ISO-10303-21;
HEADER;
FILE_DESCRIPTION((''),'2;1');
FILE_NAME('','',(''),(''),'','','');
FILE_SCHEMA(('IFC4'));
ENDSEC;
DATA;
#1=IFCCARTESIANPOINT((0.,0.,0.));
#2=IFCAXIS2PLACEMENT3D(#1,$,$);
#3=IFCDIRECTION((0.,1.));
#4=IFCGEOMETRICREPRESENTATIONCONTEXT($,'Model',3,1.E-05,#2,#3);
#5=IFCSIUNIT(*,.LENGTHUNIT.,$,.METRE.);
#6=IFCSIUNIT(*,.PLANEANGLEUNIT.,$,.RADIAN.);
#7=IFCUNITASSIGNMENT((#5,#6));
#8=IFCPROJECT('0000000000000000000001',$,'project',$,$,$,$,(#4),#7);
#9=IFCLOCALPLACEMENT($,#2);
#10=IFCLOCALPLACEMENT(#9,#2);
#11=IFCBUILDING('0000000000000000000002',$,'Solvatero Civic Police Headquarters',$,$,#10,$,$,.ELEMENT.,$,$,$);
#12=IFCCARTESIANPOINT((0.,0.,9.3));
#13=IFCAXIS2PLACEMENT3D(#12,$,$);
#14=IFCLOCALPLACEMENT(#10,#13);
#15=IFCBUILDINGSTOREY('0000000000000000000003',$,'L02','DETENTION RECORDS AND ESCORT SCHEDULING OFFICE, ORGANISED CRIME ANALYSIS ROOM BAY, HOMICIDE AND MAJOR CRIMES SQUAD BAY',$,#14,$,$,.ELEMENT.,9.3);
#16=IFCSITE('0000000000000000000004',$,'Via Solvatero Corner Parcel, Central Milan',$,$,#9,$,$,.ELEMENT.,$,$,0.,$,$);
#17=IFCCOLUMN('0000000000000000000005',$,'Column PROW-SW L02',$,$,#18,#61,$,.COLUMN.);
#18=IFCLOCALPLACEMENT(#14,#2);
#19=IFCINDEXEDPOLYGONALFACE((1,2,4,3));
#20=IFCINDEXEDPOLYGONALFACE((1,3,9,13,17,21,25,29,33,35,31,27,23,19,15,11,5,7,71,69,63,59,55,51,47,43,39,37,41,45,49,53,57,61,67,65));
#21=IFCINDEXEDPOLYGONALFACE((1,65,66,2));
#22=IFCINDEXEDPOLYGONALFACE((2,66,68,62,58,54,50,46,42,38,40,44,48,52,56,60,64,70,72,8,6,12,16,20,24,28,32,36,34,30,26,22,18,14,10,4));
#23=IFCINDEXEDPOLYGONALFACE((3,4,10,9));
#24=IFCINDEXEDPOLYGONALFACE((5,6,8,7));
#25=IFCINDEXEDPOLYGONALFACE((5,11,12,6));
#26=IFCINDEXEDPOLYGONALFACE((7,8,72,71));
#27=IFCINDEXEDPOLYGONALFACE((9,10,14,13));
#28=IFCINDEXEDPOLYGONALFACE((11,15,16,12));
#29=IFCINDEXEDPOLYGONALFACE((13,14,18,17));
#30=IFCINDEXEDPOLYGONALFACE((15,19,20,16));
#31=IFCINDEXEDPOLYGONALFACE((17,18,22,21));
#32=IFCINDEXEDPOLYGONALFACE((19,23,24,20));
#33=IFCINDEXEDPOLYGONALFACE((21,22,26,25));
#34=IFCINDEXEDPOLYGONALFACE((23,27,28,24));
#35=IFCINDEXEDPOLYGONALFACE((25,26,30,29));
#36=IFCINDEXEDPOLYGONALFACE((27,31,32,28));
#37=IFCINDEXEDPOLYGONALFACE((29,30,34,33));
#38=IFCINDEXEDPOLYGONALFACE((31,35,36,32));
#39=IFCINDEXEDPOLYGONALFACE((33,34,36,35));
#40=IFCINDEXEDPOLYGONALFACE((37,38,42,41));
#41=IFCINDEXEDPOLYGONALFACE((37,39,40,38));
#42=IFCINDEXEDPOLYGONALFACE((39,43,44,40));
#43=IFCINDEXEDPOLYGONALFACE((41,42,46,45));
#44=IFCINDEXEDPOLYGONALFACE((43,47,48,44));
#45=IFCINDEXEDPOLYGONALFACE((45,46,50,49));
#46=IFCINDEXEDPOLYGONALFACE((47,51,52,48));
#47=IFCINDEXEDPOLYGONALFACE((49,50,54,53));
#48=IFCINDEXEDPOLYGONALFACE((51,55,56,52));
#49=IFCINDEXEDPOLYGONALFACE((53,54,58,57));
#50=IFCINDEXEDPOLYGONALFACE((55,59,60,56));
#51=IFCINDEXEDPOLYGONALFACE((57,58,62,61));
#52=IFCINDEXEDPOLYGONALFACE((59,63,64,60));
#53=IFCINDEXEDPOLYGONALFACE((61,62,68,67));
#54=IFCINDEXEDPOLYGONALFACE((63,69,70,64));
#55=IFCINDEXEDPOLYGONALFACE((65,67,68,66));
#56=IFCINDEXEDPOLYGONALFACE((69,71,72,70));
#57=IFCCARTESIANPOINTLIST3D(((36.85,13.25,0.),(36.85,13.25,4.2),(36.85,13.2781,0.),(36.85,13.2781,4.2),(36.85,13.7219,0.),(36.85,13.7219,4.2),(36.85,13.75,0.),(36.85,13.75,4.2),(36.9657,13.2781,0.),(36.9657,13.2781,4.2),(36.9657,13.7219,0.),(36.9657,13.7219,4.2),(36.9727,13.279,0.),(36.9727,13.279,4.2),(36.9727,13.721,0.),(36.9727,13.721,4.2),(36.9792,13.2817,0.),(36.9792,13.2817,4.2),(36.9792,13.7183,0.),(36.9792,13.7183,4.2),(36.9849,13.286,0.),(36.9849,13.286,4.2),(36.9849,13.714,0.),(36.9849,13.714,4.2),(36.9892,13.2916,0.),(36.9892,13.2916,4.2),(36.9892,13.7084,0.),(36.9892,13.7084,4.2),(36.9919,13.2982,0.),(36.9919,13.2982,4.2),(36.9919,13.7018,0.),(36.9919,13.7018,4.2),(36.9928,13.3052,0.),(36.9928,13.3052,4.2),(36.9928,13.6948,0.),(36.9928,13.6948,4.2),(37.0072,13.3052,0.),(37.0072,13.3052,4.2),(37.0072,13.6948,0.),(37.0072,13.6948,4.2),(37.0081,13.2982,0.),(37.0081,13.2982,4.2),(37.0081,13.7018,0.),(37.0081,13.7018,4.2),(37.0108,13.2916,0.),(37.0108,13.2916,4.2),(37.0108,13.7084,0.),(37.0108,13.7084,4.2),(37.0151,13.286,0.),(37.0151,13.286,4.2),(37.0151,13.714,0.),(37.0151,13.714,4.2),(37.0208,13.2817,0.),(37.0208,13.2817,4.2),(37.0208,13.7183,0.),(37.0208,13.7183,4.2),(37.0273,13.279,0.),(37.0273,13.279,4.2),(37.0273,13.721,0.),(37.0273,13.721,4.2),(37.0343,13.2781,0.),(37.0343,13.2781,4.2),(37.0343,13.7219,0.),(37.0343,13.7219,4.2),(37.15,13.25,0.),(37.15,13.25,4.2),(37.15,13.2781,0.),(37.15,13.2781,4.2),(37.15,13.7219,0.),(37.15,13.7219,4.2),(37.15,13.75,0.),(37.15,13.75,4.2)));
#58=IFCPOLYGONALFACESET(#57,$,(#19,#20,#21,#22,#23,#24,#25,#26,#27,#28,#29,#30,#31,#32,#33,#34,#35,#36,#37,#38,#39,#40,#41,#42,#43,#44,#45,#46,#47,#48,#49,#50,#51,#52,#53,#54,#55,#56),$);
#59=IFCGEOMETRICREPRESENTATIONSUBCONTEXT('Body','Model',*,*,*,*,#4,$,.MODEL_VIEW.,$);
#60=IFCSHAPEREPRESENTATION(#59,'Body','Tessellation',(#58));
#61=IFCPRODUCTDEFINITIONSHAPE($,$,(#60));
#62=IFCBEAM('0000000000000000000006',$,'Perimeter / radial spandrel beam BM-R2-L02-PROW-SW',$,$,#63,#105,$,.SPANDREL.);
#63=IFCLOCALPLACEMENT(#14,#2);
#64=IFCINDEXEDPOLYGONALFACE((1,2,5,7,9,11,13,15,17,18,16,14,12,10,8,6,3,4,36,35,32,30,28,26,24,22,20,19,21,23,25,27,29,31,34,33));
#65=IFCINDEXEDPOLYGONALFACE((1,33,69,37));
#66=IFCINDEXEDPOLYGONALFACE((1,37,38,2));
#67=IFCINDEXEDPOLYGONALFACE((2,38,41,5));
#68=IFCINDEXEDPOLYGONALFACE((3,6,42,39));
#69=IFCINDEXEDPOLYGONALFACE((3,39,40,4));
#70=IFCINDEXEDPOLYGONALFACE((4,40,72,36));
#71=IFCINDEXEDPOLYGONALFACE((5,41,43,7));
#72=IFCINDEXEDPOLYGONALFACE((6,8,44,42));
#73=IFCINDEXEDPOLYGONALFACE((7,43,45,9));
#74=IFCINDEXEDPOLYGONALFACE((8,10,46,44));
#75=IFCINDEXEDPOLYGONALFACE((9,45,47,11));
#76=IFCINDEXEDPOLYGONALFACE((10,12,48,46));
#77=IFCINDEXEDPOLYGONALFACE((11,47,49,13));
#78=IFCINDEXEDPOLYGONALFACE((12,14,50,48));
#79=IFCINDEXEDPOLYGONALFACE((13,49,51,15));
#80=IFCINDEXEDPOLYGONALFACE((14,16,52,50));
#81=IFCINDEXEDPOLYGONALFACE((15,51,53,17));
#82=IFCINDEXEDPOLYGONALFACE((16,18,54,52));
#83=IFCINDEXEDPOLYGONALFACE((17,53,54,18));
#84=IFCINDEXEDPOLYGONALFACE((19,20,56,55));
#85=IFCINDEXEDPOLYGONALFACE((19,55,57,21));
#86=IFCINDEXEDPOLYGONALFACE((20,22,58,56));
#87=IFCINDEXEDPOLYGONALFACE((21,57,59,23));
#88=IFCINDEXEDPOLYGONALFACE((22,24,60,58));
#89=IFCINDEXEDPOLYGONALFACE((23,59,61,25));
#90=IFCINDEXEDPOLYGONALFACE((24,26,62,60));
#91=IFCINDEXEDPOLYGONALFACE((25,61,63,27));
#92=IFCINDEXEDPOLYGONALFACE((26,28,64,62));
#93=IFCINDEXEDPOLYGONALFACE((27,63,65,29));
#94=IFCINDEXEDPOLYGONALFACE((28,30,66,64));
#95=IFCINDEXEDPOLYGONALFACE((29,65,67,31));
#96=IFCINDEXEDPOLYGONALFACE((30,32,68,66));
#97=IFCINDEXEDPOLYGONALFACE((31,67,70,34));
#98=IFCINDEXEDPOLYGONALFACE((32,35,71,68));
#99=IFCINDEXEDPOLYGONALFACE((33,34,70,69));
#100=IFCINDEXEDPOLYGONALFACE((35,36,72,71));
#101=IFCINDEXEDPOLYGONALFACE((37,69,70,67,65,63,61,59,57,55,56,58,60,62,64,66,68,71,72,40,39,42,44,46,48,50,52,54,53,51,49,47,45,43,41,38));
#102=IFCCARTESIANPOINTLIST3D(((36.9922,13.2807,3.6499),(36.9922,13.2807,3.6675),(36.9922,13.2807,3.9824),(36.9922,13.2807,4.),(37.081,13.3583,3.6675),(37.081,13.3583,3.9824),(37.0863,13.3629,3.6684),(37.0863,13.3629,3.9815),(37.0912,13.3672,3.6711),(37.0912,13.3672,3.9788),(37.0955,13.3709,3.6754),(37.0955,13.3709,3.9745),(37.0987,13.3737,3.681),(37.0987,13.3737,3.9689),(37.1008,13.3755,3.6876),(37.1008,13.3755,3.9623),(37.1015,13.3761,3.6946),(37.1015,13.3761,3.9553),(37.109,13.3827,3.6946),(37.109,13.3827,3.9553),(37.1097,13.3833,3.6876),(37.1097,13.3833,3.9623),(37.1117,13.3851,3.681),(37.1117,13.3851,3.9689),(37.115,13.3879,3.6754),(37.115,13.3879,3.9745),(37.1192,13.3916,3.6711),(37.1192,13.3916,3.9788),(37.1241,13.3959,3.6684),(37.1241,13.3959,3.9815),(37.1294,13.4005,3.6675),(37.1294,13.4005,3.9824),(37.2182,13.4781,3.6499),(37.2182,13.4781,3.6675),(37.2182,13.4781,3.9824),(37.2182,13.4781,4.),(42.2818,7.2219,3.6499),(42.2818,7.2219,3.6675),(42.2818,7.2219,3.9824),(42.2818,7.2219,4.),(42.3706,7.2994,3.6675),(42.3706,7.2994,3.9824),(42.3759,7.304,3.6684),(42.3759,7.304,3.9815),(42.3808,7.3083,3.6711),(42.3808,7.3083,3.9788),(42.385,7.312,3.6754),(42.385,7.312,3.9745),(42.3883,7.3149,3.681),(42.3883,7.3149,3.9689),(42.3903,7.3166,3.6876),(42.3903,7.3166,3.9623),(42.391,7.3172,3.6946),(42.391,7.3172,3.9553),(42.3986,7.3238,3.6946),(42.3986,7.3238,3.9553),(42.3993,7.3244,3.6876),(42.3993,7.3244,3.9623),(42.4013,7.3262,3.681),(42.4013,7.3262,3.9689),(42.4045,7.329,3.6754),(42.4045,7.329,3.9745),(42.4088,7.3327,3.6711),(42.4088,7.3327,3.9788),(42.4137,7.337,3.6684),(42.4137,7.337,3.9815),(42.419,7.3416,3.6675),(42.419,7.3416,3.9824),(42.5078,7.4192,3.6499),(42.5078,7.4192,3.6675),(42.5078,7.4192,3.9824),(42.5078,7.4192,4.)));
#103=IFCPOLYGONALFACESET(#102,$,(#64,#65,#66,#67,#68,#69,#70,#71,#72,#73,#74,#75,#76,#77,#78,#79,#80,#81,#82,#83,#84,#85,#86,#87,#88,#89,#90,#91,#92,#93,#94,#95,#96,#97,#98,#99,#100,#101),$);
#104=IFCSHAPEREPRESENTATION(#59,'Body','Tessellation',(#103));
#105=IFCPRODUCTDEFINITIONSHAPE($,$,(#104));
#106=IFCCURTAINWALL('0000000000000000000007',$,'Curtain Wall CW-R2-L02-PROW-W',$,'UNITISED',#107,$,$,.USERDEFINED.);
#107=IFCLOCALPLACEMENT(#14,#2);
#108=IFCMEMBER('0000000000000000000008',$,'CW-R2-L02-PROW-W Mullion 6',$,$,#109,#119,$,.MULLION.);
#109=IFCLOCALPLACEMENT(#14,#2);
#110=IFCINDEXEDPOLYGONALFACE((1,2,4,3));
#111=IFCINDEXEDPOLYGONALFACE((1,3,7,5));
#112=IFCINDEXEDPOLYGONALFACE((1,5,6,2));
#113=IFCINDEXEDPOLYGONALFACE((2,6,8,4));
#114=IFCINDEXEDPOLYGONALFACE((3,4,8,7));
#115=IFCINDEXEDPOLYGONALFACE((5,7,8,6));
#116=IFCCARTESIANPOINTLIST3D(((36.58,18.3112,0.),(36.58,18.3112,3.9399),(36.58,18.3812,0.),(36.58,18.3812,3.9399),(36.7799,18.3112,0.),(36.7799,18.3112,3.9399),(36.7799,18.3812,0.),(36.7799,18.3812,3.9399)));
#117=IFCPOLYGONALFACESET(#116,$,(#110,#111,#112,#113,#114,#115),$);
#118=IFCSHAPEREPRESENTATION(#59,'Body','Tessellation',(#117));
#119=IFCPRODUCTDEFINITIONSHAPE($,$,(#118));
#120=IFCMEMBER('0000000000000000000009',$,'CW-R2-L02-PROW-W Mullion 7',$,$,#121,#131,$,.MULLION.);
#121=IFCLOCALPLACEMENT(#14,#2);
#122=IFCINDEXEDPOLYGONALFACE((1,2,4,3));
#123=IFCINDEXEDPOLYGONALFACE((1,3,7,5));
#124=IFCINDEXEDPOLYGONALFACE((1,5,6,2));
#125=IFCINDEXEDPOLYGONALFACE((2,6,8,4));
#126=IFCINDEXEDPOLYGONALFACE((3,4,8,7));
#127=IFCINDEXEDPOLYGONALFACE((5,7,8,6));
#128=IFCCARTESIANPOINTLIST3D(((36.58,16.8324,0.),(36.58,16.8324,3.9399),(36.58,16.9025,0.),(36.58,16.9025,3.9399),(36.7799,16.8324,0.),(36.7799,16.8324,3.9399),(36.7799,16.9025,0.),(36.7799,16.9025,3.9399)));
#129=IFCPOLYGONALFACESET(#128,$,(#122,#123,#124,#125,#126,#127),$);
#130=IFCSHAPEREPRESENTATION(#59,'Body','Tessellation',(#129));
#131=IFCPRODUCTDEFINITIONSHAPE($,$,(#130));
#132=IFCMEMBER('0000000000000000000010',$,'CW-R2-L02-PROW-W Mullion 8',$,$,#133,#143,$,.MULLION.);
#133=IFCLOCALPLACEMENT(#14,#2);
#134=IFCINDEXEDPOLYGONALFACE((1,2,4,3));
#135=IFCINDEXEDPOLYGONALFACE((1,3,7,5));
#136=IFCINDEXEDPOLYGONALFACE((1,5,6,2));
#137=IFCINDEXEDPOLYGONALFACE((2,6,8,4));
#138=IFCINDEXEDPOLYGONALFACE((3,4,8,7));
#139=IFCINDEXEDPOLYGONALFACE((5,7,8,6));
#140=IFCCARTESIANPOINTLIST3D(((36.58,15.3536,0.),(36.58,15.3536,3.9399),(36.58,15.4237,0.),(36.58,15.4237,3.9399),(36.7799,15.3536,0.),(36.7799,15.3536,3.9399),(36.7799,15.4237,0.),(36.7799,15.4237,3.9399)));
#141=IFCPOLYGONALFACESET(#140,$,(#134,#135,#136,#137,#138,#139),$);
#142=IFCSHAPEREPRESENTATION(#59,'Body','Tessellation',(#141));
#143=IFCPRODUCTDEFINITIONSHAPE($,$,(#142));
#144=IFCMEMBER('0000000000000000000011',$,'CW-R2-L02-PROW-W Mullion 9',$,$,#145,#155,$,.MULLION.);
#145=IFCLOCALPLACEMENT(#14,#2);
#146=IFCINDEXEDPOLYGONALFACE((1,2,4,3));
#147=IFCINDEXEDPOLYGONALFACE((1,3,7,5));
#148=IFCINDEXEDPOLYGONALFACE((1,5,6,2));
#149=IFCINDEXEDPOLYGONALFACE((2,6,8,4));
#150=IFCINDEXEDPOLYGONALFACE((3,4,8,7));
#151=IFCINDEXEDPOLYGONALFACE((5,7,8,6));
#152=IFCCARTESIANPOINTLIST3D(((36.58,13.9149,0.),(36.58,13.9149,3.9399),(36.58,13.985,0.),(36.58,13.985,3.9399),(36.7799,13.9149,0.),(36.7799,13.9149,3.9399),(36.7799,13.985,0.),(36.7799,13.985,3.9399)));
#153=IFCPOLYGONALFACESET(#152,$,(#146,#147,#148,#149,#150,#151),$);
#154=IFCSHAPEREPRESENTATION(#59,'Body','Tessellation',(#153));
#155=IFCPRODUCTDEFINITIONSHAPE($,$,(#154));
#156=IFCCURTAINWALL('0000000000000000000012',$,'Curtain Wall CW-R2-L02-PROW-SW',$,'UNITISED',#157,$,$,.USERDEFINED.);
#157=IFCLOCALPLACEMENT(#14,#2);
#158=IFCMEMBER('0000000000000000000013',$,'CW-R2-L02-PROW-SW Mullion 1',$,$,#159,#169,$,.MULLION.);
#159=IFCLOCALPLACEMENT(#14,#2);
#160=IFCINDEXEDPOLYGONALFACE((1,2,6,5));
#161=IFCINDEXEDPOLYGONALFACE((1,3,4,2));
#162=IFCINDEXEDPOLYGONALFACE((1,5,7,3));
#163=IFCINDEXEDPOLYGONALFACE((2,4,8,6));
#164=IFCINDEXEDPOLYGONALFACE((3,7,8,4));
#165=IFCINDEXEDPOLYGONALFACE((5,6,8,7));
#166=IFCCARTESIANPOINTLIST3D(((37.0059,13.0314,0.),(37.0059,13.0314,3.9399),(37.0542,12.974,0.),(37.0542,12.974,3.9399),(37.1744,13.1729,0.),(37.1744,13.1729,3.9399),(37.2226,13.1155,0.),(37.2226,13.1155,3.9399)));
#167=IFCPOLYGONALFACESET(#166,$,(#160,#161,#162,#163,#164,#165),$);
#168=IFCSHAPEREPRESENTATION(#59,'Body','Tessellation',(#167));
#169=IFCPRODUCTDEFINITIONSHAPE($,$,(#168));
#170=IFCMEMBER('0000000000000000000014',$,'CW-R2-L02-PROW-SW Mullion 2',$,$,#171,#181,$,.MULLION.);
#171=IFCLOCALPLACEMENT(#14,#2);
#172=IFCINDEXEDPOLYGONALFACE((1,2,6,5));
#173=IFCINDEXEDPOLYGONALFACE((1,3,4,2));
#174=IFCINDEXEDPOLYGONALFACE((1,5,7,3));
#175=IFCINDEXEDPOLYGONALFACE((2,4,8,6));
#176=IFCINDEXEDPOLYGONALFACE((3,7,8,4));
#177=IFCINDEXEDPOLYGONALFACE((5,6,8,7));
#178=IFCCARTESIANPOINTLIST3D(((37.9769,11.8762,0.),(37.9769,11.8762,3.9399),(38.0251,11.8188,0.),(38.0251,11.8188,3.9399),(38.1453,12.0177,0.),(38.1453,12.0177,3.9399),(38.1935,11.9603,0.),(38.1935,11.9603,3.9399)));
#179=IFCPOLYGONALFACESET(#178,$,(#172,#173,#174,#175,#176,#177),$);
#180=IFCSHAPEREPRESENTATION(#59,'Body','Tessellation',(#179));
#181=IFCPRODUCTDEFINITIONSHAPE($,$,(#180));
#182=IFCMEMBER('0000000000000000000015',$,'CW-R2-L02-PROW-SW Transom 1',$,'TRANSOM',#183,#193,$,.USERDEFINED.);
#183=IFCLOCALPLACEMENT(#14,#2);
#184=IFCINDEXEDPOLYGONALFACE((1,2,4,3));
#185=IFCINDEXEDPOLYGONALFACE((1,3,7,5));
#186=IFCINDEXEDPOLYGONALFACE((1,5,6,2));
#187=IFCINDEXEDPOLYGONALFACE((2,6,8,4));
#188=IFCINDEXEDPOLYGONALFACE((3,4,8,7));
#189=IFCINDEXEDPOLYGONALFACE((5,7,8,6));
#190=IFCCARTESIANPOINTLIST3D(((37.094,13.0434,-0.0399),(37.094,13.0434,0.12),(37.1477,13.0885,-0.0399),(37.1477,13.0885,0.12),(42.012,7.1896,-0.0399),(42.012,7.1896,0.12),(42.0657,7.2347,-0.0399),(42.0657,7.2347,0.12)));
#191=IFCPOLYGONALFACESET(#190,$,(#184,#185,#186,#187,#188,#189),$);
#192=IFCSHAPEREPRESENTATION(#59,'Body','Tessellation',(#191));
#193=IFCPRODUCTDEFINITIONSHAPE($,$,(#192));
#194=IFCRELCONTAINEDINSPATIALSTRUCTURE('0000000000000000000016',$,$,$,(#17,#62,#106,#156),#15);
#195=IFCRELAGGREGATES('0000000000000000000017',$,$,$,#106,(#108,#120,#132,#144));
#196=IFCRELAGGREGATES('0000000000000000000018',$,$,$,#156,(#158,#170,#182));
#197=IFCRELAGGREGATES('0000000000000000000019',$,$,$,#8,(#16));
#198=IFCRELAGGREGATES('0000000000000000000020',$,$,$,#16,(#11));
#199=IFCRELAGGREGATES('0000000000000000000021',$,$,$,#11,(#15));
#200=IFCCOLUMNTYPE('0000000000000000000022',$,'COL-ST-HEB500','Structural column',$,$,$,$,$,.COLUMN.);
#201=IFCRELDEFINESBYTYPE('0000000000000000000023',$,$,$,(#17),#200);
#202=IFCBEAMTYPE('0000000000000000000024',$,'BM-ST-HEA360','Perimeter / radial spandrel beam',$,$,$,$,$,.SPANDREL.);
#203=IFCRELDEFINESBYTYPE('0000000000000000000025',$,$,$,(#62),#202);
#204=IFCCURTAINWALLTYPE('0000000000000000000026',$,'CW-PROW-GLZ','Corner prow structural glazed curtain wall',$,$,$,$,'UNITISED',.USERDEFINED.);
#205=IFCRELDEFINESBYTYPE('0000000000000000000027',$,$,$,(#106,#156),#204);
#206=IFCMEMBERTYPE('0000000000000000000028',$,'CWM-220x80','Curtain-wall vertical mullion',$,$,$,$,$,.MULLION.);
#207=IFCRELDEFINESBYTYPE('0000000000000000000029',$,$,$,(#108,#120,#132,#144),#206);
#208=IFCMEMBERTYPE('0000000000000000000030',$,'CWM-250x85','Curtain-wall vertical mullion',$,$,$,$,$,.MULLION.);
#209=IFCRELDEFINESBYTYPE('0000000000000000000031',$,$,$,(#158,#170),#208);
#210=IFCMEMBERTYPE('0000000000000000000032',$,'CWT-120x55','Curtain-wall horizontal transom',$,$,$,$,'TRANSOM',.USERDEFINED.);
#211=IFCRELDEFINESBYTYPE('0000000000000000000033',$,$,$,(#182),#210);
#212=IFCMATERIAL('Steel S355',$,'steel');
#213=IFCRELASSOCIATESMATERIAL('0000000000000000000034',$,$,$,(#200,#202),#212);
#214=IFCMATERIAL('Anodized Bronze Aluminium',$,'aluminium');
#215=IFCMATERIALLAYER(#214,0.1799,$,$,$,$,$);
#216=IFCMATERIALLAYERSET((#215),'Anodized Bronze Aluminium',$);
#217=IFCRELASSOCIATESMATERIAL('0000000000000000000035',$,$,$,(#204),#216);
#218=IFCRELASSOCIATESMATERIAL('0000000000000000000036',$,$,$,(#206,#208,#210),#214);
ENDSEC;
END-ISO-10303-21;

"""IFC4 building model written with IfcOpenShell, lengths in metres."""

from ifc_helpers import new_model, si_unit, direction, frame, origin, origin_2d, place, context, subcontext, project, spatial, rectangle, i_section, extrude, material, layer, layer_set, material_profile, profile_set, type_object, element, aggregate, save


model = new_model("IFC4")

# Units and contexts
model_context = context("Model", 3, precision=1e-05, world=origin(), true_north=direction((0.0, 1.0)))
body_context = subcontext(model_context, "Body", "Model", "MODEL_VIEW")
ifc_project = project(units=[si_unit("LENGTHUNIT", "METRE"), si_unit("PLANEANGLEUNIT", "RADIAN")], contexts=[model_context])

# Site, building, storey
site_placement = place(None, origin())
site = spatial("IfcSite", under=ifc_project, at=site_placement, Name="Via Solvatero Corner Parcel, Central Milan", CompositionType="ELEMENT", RefElevation=0.0)
building_placement = place(site_placement, origin())
building = spatial("IfcBuilding", under=site, at=building_placement, Name="Solvatero Civic Police Headquarters", CompositionType="ELEMENT")
storey_placement = place(building_placement, frame((0.0, 0.0, 9.3)))
storey = spatial("IfcBuildingStorey", under=building, at=storey_placement, Name="L02", Description="DETENTION RECORDS AND ESCORT SCHEDULING OFFICE, ORGANISED CRIME ANALYSIS ROOM BAY, HOMICIDE AND MAJOR CRIMES SQUAD BAY", CompositionType="ELEMENT", Elevation=9.3)

# Column
ifc_material_1 = material(Name="Steel S355", Category="steel")
ifc_material_profile_1 = material_profile(ifc_material_1, i_section(OverallWidth=0.3, OverallDepth=0.5, WebThickness=0.0144, FlangeThickness=0.0281, FilletRadius=0.0271, at=origin_2d()), Name="HEB 500")
ifc_profile_set_1 = profile_set([ifc_material_profile_1], Name="Steel S355")
column_type = type_object("IfcColumnType", Name="COL-ST-HEB500", Description="Structural column", PredefinedType="COLUMN", material=ifc_profile_set_1)
column_placement = place(storey_placement, frame((37.0, 13.5, 0.0), z_axis=(0.0, 0.0, 1.0), x_axis=(1.0, 0.0, 0.0)))
element("IfcColumn", 1, at=column_placement, inside=storey, type_object=column_type, Name="Column PROW-SW L02", PredefinedType="COLUMN", context=body_context, shape_type="SweptSolid", body=[
    extrude(i_section(OverallWidth=0.3, OverallDepth=0.5, WebThickness=0.0144, FlangeThickness=0.0281, FilletRadius=0.0271, at=origin_2d()), origin(), (0.0, 0.0, 1.0), 4.2),
])

# Beam
ifc_material_profile_2 = material_profile(ifc_material_1, i_section(OverallWidth=0.3, OverallDepth=0.3501, WebThickness=0.01, FlangeThickness=0.0176, FilletRadius=0.0271, at=origin_2d()), Name="HEA 360")
ifc_profile_set_2 = profile_set([ifc_material_profile_2], Name="Steel S355")
beam_type = type_object("IfcBeamType", Name="BM-ST-HEA360", Description="Perimeter / radial spandrel beam", PredefinedType="SPANDREL", material=ifc_profile_set_2)
beam_placement = place(storey_placement, frame((37.1052, 13.3794, 3.825), z_axis=(0.657664, -0.753311, 0.0), x_axis=(0.753311, 0.657664, 0.0)))
element("IfcBeam", 2, at=beam_placement, inside=storey, type_object=beam_type, Name="Perimeter / radial spandrel beam BM-R2-L02-PROW-SW", PredefinedType="SPANDREL", context=body_context, shape_type="SweptSolid", body=[
    extrude(i_section(OverallWidth=0.3, OverallDepth=0.3501, WebThickness=0.01, FlangeThickness=0.0176, FilletRadius=0.0271, at=origin_2d()), origin(), (0.0, 0.0, 1.0), 8.043),
])

# Curtain walls, members
ifc_material_2 = material(Name="Anodized Bronze Aluminium", Category="aluminium")
ifc_layer_1 = layer(ifc_material_2, 0.1799)
ifc_layer_set_1 = layer_set([ifc_layer_1], Name="Anodized Bronze Aluminium")
curtain_wall_type = type_object("IfcCurtainWallType", Name="CW-PROW-GLZ", Description="Corner prow structural glazed curtain wall", ElementType="UNITISED", PredefinedType="USERDEFINED", material=ifc_layer_set_1)
curtain_wall_1_placement = place(storey_placement, origin())
curtain_wall_1 = element("IfcCurtainWall", 3, at=curtain_wall_1_placement, inside=storey, type_object=curtain_wall_type, Name="Curtain Wall CW-R2-L02-PROW-W", ObjectType="UNITISED", PredefinedType="USERDEFINED")
ifc_material_profile_3 = material_profile(ifc_material_2, rectangle(XDim=0.0701, YDim=0.2, at=origin_2d()), Name="ALU MULLION 70x200")
ifc_profile_set_3 = profile_set([ifc_material_profile_3], Name="Anodized Bronze Aluminium")
member_type_1 = type_object("IfcMemberType", Name="CWM-220x80", Description="Curtain-wall vertical mullion", PredefinedType="MULLION", material=ifc_profile_set_3)
member_1_placement = place(storey_placement, frame((36.6799, 18.3462, 0.0), z_axis=(0.0, 0.0, 1.0), x_axis=(0.0, -1.0, 0.0)))
member_1 = element("IfcMember", 4, at=member_1_placement, type_object=member_type_1, Name="CW-R2-L02-PROW-W Mullion 6", PredefinedType="MULLION", context=body_context, shape_type="SweptSolid", body=[
    extrude(rectangle(XDim=0.0701, YDim=0.2, at=origin_2d()), origin(), (0.0, 0.0, 1.0), 3.9399),
])
member_2_placement = place(storey_placement, frame((36.6799, 16.8674, 0.0), z_axis=(0.0, 0.0, 1.0), x_axis=(0.0, -1.0, 0.0)))
member_2 = element("IfcMember", 5, at=member_2_placement, type_object=member_type_1, Name="CW-R2-L02-PROW-W Mullion 7", PredefinedType="MULLION", context=body_context, shape_type="SweptSolid", body=[
    extrude(rectangle(XDim=0.0701, YDim=0.2, at=origin_2d()), origin(), (0.0, 0.0, 1.0), 3.9399),
])
member_3_placement = place(storey_placement, frame((36.6799, 15.3887, 0.0), z_axis=(0.0, 0.0, 1.0), x_axis=(0.0, -1.0, 0.0)))
member_3 = element("IfcMember", 6, at=member_3_placement, type_object=member_type_1, Name="CW-R2-L02-PROW-W Mullion 8", PredefinedType="MULLION", context=body_context, shape_type="SweptSolid", body=[
    extrude(rectangle(XDim=0.0701, YDim=0.2, at=origin_2d()), origin(), (0.0, 0.0, 1.0), 3.9399),
])
member_4_placement = place(storey_placement, frame((36.6799, 13.95, 0.0), z_axis=(0.0, 0.0, 1.0), x_axis=(0.0, -1.0, 0.0)))
member_4 = element("IfcMember", 7, at=member_4_placement, type_object=member_type_1, Name="CW-R2-L02-PROW-W Mullion 9", PredefinedType="MULLION", context=body_context, shape_type="SweptSolid", body=[
    extrude(rectangle(XDim=0.0701, YDim=0.2, at=origin_2d()), origin(), (0.0, 0.0, 1.0), 3.9399),
])
curtain_wall_2_placement = place(storey_placement, origin())
curtain_wall_2 = element("IfcCurtainWall", 8, at=curtain_wall_2_placement, inside=storey, type_object=curtain_wall_type, Name="Curtain Wall CW-R2-L02-PROW-SW", ObjectType="UNITISED", PredefinedType="USERDEFINED")
ifc_material_profile_4 = material_profile(ifc_material_2, rectangle(XDim=0.075, YDim=0.22, at=origin_2d()), Name="ALU MULLION 75x220")
ifc_profile_set_4 = profile_set([ifc_material_profile_4], Name="Anodized Bronze Aluminium")
member_type_2 = type_object("IfcMemberType", Name="CWM-250x85", Description="Curtain-wall vertical mullion", PredefinedType="MULLION", material=ifc_profile_set_4)
member_5_placement = place(storey_placement, frame((37.1143, 13.0735, 0.0), z_axis=(0.0, 0.0, 1.0), x_axis=(0.643282, -0.765629, 0.0)))
member_5 = element("IfcMember", 9, at=member_5_placement, type_object=member_type_2, Name="CW-R2-L02-PROW-SW Mullion 1", PredefinedType="MULLION", context=body_context, shape_type="SweptSolid", body=[
    extrude(rectangle(XDim=0.075, YDim=0.22, at=origin_2d()), origin(), (0.0, 0.0, 1.0), 3.9399),
])
member_6_placement = place(storey_placement, frame((38.0852, 11.9182, 0.0), z_axis=(0.0, 0.0, 1.0), x_axis=(0.643282, -0.765629, 0.0)))
member_6 = element("IfcMember", 10, at=member_6_placement, type_object=member_type_2, Name="CW-R2-L02-PROW-SW Mullion 2", PredefinedType="MULLION", context=body_context, shape_type="SweptSolid", body=[
    extrude(rectangle(XDim=0.075, YDim=0.22, at=origin_2d()), origin(), (0.0, 0.0, 1.0), 3.9399),
])
ifc_material_profile_5 = material_profile(ifc_material_2, rectangle(XDim=0.0701, YDim=0.1599, at=origin_2d()), Name="ALU TRANSOM 70x160")
ifc_profile_set_5 = profile_set([ifc_material_profile_5], Name="Anodized Bronze Aluminium")
member_type_3 = type_object("IfcMemberType", Name="CWT-120x55", Description="Curtain-wall horizontal transom", ElementType="TRANSOM", PredefinedType="USERDEFINED", material=ifc_profile_set_5)
member_7_placement = place(storey_placement, frame((37.1208, 13.0659, 0.04), z_axis=(0.643254, -0.765653, 0.0), x_axis=(0.765653, 0.643254, 0.0)))
member_7 = element("IfcMember", 11, at=member_7_placement, type_object=member_type_3, Name="CW-R2-L02-PROW-SW Transom 1", ObjectType="TRANSOM", PredefinedType="USERDEFINED", context=body_context, shape_type="SweptSolid", body=[
    extrude(rectangle(XDim=0.0701, YDim=0.1599, at=origin_2d()), origin(), (0.0, 0.0, 1.0), 7.6455),
])

aggregate(curtain_wall_1, [member_1, member_2, member_3, member_4])
aggregate(curtain_wall_2, [member_5, member_6, member_7])

save(model, "model.ifc")
